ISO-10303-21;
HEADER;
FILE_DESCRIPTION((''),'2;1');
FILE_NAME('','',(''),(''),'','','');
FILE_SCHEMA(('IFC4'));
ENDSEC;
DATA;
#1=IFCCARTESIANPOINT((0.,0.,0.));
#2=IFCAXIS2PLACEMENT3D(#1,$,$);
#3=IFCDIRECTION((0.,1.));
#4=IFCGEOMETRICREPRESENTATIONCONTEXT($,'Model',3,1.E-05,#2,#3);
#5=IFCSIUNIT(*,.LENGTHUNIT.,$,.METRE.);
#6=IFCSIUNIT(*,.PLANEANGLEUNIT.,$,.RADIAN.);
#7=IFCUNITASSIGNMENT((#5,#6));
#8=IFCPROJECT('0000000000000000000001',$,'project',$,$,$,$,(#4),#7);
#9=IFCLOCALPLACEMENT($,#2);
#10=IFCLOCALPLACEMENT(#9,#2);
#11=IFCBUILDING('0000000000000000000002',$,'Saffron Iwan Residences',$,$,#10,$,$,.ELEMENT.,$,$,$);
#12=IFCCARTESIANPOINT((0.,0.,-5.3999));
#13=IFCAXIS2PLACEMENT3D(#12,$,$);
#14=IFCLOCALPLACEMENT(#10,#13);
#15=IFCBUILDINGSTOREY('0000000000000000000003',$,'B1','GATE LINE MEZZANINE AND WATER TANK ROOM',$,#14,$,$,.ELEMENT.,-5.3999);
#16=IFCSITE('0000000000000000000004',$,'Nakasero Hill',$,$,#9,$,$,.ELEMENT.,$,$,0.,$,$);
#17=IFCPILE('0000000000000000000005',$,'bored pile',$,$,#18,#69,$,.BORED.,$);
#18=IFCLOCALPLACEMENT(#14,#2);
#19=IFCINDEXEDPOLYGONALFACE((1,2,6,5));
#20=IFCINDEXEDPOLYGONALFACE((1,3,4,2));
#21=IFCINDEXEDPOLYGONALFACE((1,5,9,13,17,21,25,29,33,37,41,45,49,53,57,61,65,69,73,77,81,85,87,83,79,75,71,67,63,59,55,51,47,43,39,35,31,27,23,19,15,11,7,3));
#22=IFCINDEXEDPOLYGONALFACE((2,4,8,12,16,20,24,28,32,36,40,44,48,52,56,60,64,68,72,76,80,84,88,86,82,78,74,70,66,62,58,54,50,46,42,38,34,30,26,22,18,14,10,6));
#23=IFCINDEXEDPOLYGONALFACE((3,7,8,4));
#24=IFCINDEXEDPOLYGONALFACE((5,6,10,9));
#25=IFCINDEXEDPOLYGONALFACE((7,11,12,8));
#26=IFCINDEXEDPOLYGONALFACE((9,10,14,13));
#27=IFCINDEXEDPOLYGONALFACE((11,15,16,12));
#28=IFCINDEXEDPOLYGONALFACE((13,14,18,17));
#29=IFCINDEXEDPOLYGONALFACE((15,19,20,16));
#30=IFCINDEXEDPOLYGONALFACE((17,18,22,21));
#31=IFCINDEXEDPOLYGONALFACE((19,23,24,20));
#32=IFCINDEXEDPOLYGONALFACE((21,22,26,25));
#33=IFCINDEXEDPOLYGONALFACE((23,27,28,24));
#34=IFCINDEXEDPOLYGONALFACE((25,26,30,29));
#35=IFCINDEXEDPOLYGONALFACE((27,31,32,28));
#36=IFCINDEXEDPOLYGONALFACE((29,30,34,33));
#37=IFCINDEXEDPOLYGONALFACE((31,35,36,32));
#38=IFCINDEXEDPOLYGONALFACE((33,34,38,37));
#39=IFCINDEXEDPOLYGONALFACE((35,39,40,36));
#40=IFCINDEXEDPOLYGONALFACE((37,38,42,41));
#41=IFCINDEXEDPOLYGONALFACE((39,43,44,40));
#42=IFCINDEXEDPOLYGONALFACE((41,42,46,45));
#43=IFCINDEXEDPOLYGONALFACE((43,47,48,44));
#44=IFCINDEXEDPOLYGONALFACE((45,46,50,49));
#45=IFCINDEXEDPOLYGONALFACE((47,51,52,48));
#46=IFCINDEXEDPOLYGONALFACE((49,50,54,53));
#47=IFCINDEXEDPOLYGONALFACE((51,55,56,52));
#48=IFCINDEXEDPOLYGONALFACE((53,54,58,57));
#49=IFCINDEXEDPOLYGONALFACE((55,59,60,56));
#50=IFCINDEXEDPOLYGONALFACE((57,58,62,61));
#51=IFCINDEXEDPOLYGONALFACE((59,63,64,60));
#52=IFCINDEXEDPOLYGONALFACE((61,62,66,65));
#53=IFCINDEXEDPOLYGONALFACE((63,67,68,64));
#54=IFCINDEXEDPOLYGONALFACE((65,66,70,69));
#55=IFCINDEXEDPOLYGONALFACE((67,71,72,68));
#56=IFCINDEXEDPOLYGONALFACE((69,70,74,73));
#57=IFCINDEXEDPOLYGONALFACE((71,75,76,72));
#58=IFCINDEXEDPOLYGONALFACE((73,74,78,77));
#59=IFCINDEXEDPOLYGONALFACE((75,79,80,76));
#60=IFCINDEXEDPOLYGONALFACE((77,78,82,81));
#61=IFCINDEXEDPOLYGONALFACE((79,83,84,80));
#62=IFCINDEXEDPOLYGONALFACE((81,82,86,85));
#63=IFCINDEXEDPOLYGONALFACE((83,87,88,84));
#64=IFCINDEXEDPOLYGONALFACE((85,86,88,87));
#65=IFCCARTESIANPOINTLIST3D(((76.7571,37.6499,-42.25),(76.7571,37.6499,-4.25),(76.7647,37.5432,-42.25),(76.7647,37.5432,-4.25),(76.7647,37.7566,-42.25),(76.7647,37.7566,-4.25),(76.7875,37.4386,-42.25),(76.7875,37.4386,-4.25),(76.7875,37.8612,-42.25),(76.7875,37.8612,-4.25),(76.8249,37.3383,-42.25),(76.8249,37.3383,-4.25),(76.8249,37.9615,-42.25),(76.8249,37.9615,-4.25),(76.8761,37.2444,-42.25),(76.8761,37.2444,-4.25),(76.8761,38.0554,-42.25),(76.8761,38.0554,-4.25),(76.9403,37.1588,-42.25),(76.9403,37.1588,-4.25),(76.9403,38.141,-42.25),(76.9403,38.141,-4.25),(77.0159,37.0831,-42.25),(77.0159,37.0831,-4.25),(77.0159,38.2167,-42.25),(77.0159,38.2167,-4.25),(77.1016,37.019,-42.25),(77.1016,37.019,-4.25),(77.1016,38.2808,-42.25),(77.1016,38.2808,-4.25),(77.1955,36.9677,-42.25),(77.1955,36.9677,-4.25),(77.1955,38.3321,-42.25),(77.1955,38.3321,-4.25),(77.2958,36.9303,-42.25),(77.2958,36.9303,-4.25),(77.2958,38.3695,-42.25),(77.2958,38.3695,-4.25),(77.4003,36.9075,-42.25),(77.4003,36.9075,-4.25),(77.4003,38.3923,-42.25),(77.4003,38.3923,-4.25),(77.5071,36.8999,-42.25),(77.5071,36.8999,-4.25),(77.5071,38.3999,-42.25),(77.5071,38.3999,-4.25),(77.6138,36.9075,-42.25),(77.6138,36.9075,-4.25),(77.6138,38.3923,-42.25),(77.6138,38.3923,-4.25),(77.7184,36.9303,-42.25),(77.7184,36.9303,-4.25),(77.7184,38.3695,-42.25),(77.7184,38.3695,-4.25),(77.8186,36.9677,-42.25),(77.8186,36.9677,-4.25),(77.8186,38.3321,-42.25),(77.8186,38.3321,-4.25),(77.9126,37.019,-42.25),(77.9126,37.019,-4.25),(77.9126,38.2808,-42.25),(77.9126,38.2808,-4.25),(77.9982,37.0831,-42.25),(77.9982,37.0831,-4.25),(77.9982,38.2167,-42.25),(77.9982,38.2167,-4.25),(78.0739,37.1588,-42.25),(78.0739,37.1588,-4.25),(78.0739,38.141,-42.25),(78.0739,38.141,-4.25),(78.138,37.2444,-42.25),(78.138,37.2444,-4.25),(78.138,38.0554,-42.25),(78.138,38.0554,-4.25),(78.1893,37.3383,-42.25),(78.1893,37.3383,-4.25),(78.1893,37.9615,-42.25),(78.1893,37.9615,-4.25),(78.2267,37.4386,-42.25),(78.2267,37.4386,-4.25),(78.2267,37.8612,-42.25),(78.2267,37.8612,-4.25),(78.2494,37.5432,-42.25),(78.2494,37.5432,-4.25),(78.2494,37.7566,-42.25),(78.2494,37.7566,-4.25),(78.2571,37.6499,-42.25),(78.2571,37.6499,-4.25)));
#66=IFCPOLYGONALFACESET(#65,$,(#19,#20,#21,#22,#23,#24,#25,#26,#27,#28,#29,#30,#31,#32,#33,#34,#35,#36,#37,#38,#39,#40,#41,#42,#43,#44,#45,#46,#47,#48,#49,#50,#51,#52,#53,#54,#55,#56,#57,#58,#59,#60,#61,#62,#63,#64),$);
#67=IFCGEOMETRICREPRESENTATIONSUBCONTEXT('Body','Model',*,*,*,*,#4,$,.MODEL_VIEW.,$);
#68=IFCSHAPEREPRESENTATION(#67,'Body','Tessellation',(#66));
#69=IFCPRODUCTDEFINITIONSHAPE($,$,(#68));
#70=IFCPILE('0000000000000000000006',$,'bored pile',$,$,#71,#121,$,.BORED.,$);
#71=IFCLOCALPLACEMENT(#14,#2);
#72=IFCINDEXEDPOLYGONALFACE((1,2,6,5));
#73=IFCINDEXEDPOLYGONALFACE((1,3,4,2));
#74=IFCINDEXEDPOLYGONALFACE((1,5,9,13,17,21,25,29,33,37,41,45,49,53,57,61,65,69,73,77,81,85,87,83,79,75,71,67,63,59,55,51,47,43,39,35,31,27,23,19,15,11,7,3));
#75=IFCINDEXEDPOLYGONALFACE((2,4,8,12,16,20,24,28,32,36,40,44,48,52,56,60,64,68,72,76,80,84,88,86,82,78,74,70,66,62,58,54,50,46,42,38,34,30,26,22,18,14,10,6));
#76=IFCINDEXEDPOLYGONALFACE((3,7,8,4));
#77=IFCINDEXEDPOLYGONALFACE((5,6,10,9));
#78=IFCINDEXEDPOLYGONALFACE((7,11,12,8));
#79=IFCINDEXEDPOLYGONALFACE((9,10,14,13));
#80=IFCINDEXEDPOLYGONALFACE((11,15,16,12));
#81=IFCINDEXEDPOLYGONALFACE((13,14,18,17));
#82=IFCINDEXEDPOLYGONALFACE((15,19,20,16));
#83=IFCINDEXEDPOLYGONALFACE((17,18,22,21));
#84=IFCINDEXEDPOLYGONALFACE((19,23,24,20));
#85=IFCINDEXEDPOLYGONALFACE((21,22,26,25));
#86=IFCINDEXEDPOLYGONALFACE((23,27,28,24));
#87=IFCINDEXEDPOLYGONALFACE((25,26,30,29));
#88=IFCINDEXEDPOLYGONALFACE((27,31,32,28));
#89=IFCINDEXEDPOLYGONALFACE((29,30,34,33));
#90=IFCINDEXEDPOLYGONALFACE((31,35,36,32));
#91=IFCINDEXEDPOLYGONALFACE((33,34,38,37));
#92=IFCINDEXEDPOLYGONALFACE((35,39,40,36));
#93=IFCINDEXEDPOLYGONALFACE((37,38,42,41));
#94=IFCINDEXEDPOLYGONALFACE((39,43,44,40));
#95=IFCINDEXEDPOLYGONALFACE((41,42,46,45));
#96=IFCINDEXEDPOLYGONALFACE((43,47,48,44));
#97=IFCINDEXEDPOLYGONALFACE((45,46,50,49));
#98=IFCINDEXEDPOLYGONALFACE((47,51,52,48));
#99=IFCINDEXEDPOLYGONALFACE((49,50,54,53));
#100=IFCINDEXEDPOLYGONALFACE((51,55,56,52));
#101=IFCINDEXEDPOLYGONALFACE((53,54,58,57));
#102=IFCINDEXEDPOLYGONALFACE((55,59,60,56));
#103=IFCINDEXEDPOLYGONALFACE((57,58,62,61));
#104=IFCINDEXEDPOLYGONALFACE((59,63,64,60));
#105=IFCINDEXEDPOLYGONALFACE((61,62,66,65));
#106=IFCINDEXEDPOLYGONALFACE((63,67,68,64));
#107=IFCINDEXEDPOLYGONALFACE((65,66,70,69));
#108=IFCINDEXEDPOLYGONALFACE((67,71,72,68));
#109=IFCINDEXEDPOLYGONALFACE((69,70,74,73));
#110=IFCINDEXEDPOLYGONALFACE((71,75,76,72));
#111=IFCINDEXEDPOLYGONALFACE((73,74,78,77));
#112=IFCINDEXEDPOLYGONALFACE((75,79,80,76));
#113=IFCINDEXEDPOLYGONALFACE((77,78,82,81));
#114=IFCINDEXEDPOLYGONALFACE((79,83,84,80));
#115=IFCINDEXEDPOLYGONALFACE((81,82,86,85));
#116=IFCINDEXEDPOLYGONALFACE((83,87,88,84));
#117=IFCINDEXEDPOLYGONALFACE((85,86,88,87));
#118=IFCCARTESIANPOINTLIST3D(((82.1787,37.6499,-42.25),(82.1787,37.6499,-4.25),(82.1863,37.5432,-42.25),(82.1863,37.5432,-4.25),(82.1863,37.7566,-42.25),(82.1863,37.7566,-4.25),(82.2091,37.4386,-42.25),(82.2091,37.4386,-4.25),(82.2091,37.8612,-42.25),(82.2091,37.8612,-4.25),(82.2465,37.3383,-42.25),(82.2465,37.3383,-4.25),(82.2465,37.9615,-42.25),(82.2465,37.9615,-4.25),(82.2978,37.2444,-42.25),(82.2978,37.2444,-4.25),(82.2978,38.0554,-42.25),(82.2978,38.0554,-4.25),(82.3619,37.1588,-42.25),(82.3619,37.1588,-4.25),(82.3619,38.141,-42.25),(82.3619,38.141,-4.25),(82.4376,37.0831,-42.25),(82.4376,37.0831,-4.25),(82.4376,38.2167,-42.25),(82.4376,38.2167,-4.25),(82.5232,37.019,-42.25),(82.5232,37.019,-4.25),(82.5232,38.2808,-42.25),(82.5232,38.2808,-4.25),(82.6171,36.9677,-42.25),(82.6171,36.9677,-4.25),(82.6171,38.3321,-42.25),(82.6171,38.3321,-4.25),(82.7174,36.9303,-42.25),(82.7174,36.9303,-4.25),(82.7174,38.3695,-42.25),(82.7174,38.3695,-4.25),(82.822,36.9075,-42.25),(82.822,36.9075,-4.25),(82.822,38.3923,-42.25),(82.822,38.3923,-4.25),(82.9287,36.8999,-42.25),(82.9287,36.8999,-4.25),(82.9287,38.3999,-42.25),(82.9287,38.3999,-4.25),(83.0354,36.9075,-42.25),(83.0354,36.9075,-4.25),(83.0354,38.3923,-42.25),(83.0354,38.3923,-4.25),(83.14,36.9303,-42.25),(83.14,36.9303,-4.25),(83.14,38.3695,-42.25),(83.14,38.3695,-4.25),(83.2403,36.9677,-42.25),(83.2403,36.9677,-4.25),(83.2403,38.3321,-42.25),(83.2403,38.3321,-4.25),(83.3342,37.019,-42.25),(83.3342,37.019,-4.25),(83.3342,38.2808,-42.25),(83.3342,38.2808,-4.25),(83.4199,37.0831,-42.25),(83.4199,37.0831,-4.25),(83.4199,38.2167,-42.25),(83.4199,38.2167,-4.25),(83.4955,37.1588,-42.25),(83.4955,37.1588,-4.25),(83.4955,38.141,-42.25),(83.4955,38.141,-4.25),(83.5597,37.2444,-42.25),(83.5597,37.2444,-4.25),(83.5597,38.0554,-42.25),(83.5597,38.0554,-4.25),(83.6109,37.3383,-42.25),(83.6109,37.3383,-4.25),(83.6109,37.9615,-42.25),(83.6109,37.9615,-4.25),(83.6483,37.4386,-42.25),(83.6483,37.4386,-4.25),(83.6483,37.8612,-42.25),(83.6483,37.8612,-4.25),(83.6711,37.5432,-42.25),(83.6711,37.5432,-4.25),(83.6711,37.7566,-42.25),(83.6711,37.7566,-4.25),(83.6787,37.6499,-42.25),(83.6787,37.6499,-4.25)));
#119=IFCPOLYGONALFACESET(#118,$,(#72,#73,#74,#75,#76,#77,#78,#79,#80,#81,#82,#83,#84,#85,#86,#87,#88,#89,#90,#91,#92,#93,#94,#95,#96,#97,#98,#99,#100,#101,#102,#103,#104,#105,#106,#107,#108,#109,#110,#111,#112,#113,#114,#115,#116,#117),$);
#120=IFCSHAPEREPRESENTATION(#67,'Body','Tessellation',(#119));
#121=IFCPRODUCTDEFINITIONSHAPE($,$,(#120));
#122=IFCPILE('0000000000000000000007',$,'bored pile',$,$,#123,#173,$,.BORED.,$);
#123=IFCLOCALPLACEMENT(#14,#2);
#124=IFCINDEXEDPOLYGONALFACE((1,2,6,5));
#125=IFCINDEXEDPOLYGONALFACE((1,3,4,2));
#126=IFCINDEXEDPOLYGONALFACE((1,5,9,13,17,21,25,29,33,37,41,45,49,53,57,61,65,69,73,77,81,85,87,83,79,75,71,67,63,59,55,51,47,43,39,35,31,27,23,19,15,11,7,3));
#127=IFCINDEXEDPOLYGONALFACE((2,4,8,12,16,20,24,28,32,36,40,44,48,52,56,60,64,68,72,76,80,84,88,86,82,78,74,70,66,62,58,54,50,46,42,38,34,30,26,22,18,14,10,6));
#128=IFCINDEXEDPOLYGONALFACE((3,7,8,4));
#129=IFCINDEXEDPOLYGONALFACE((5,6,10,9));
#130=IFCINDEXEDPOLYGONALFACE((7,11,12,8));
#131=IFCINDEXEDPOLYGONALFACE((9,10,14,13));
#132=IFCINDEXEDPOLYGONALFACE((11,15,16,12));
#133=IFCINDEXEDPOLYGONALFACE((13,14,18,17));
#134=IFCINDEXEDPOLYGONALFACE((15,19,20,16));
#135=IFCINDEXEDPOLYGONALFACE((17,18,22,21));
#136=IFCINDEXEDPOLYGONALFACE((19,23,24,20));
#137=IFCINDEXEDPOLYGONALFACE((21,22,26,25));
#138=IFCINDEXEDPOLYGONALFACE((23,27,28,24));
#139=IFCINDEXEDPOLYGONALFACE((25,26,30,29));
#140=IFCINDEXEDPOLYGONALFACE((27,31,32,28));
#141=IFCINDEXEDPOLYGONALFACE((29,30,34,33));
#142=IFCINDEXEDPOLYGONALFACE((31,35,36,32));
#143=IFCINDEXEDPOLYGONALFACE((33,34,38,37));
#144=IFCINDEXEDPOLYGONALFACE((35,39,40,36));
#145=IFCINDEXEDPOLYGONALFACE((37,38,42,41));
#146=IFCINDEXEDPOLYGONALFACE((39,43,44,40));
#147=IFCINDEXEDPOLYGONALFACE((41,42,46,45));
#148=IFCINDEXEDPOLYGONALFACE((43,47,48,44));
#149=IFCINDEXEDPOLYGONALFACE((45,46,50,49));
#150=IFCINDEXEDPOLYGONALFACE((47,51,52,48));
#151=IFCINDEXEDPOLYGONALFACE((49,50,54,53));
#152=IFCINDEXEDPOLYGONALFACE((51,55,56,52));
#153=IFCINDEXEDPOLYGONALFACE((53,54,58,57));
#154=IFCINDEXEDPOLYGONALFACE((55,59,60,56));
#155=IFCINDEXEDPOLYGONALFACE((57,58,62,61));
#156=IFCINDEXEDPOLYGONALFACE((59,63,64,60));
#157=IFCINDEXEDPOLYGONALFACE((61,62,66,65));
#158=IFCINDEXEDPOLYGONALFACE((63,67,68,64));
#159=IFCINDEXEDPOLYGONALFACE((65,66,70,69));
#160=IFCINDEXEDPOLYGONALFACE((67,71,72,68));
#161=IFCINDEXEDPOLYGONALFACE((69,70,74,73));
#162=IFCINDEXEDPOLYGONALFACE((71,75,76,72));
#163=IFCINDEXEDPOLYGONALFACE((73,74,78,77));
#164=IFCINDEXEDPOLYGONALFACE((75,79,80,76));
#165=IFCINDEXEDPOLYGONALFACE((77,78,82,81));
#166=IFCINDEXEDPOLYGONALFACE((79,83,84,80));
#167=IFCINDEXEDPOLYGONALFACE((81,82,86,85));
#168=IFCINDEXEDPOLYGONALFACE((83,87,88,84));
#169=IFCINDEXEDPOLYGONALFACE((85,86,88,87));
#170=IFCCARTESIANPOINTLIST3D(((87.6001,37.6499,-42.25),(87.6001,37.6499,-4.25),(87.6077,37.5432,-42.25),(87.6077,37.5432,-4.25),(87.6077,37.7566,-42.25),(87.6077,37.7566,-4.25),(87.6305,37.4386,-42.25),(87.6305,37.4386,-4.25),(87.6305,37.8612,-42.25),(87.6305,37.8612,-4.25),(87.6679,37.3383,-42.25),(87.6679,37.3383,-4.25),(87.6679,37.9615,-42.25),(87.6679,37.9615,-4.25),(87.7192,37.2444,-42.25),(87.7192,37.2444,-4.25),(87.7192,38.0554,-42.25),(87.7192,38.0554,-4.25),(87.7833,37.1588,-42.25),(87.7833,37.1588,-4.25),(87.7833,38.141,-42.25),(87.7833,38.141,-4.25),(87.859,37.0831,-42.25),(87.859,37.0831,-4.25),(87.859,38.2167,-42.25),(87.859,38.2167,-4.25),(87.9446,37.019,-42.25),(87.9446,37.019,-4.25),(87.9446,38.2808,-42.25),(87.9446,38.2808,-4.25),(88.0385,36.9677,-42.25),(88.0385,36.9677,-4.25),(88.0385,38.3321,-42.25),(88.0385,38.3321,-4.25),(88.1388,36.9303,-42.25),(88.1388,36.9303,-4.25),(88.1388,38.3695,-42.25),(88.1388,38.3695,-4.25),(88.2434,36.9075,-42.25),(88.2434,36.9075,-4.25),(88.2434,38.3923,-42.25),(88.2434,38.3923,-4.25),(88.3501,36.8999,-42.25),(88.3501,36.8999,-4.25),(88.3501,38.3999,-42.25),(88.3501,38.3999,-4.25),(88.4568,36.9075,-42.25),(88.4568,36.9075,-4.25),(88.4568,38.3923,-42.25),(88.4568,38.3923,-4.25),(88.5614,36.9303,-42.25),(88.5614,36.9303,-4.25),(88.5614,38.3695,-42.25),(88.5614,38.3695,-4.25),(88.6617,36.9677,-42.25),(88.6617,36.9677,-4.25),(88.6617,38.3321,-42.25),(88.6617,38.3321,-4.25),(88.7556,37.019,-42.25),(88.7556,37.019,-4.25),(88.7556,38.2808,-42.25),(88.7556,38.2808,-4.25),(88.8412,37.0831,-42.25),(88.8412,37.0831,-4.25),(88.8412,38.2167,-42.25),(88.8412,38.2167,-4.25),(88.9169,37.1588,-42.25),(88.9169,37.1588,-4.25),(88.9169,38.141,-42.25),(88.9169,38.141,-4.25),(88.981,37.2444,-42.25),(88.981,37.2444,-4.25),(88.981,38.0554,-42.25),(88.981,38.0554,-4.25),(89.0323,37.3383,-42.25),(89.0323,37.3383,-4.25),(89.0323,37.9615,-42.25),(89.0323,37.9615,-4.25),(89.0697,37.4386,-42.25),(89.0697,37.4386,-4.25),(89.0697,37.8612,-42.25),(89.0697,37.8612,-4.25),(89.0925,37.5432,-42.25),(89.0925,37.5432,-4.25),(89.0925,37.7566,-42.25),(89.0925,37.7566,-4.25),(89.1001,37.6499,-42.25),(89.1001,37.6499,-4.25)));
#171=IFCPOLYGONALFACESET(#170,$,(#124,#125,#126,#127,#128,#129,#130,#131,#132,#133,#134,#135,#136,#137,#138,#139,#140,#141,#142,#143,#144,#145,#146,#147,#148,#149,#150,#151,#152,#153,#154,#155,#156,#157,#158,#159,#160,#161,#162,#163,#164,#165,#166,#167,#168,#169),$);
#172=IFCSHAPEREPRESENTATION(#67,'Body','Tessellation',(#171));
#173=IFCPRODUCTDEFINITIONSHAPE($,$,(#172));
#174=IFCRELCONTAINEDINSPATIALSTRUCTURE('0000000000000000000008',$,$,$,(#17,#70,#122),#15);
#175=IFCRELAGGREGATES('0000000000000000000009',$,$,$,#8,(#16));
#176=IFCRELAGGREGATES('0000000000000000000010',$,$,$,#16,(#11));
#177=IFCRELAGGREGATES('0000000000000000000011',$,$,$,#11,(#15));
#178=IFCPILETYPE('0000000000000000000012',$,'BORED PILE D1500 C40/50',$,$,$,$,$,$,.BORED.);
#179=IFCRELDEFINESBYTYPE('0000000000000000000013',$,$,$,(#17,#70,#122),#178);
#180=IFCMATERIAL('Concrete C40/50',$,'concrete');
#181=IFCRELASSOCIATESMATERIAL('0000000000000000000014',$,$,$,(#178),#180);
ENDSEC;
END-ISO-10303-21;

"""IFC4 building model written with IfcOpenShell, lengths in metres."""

from ifc_helpers import new_model, si_unit, direction, frame, origin, origin_2d, place, context, subcontext, project, spatial, circle, extrude, material, material_profile, profile_set, type_object, element, save


model = new_model("IFC4")

# Units and contexts
model_context = context("Model", 3, precision=1e-05, world=origin(), true_north=direction((0.0, 1.0)))
body_context = subcontext(model_context, "Body", "Model", "MODEL_VIEW")
ifc_project = project(units=[si_unit("LENGTHUNIT", "METRE"), si_unit("PLANEANGLEUNIT", "RADIAN")], contexts=[model_context])

# Site, building, storey
site_placement = place(None, origin())
site = spatial("IfcSite", under=ifc_project, at=site_placement, Name="Nakasero Hill", CompositionType="ELEMENT", RefElevation=0.0)
building_placement = place(site_placement, origin())
building = spatial("IfcBuilding", under=site, at=building_placement, Name="Saffron Iwan Residences", CompositionType="ELEMENT")
storey_placement = place(building_placement, frame((0.0, 0.0, -5.3999)))
storey = spatial("IfcBuildingStorey", under=building, at=storey_placement, Name="B1", Description="GATE LINE MEZZANINE AND WATER TANK ROOM", CompositionType="ELEMENT", Elevation=-5.3999)

# Piles
ifc_material_1 = material(Name="Concrete C40/50", Category="concrete")
ifc_material_profile_1 = material_profile(ifc_material_1, circle(Radius=0.75, at=origin_2d()), Name="RC D1500")
ifc_profile_set_1 = profile_set([ifc_material_profile_1], Name="Concrete C40/50")
pile_type = type_object("IfcPileType", Name="BORED PILE D1500 C40/50", PredefinedType="BORED", material=ifc_profile_set_1)
for number, where, z_axis, x_axis, name in (
    (1, (77.5071, 37.6499, -4.25), (0.0, 0.0, -1.0), (1.0, 0.0, 0.0), "bored pile"),
    (2, (82.9287, 37.6499, -4.25), (0.0, 0.0, -1.0), (1.0, 0.0, 0.0), "bored pile"),
    (3, (88.3501, 37.6499, -4.25), (0.0, 0.0, -1.0), (1.0, 0.0, 0.0), "bored pile"),
):
    element("IfcPile", number, at=place(storey_placement, frame(where, z_axis=z_axis, x_axis=x_axis)), inside=storey, type_object=pile_type, Name=name, PredefinedType="BORED", context=body_context, shape_type="SweptSolid", body=[
        extrude(circle(Radius=0.75, at=origin_2d()), origin(), (0.0, 0.0, 1.0), 38.0),
    ])

save(model, "model.ifc")
